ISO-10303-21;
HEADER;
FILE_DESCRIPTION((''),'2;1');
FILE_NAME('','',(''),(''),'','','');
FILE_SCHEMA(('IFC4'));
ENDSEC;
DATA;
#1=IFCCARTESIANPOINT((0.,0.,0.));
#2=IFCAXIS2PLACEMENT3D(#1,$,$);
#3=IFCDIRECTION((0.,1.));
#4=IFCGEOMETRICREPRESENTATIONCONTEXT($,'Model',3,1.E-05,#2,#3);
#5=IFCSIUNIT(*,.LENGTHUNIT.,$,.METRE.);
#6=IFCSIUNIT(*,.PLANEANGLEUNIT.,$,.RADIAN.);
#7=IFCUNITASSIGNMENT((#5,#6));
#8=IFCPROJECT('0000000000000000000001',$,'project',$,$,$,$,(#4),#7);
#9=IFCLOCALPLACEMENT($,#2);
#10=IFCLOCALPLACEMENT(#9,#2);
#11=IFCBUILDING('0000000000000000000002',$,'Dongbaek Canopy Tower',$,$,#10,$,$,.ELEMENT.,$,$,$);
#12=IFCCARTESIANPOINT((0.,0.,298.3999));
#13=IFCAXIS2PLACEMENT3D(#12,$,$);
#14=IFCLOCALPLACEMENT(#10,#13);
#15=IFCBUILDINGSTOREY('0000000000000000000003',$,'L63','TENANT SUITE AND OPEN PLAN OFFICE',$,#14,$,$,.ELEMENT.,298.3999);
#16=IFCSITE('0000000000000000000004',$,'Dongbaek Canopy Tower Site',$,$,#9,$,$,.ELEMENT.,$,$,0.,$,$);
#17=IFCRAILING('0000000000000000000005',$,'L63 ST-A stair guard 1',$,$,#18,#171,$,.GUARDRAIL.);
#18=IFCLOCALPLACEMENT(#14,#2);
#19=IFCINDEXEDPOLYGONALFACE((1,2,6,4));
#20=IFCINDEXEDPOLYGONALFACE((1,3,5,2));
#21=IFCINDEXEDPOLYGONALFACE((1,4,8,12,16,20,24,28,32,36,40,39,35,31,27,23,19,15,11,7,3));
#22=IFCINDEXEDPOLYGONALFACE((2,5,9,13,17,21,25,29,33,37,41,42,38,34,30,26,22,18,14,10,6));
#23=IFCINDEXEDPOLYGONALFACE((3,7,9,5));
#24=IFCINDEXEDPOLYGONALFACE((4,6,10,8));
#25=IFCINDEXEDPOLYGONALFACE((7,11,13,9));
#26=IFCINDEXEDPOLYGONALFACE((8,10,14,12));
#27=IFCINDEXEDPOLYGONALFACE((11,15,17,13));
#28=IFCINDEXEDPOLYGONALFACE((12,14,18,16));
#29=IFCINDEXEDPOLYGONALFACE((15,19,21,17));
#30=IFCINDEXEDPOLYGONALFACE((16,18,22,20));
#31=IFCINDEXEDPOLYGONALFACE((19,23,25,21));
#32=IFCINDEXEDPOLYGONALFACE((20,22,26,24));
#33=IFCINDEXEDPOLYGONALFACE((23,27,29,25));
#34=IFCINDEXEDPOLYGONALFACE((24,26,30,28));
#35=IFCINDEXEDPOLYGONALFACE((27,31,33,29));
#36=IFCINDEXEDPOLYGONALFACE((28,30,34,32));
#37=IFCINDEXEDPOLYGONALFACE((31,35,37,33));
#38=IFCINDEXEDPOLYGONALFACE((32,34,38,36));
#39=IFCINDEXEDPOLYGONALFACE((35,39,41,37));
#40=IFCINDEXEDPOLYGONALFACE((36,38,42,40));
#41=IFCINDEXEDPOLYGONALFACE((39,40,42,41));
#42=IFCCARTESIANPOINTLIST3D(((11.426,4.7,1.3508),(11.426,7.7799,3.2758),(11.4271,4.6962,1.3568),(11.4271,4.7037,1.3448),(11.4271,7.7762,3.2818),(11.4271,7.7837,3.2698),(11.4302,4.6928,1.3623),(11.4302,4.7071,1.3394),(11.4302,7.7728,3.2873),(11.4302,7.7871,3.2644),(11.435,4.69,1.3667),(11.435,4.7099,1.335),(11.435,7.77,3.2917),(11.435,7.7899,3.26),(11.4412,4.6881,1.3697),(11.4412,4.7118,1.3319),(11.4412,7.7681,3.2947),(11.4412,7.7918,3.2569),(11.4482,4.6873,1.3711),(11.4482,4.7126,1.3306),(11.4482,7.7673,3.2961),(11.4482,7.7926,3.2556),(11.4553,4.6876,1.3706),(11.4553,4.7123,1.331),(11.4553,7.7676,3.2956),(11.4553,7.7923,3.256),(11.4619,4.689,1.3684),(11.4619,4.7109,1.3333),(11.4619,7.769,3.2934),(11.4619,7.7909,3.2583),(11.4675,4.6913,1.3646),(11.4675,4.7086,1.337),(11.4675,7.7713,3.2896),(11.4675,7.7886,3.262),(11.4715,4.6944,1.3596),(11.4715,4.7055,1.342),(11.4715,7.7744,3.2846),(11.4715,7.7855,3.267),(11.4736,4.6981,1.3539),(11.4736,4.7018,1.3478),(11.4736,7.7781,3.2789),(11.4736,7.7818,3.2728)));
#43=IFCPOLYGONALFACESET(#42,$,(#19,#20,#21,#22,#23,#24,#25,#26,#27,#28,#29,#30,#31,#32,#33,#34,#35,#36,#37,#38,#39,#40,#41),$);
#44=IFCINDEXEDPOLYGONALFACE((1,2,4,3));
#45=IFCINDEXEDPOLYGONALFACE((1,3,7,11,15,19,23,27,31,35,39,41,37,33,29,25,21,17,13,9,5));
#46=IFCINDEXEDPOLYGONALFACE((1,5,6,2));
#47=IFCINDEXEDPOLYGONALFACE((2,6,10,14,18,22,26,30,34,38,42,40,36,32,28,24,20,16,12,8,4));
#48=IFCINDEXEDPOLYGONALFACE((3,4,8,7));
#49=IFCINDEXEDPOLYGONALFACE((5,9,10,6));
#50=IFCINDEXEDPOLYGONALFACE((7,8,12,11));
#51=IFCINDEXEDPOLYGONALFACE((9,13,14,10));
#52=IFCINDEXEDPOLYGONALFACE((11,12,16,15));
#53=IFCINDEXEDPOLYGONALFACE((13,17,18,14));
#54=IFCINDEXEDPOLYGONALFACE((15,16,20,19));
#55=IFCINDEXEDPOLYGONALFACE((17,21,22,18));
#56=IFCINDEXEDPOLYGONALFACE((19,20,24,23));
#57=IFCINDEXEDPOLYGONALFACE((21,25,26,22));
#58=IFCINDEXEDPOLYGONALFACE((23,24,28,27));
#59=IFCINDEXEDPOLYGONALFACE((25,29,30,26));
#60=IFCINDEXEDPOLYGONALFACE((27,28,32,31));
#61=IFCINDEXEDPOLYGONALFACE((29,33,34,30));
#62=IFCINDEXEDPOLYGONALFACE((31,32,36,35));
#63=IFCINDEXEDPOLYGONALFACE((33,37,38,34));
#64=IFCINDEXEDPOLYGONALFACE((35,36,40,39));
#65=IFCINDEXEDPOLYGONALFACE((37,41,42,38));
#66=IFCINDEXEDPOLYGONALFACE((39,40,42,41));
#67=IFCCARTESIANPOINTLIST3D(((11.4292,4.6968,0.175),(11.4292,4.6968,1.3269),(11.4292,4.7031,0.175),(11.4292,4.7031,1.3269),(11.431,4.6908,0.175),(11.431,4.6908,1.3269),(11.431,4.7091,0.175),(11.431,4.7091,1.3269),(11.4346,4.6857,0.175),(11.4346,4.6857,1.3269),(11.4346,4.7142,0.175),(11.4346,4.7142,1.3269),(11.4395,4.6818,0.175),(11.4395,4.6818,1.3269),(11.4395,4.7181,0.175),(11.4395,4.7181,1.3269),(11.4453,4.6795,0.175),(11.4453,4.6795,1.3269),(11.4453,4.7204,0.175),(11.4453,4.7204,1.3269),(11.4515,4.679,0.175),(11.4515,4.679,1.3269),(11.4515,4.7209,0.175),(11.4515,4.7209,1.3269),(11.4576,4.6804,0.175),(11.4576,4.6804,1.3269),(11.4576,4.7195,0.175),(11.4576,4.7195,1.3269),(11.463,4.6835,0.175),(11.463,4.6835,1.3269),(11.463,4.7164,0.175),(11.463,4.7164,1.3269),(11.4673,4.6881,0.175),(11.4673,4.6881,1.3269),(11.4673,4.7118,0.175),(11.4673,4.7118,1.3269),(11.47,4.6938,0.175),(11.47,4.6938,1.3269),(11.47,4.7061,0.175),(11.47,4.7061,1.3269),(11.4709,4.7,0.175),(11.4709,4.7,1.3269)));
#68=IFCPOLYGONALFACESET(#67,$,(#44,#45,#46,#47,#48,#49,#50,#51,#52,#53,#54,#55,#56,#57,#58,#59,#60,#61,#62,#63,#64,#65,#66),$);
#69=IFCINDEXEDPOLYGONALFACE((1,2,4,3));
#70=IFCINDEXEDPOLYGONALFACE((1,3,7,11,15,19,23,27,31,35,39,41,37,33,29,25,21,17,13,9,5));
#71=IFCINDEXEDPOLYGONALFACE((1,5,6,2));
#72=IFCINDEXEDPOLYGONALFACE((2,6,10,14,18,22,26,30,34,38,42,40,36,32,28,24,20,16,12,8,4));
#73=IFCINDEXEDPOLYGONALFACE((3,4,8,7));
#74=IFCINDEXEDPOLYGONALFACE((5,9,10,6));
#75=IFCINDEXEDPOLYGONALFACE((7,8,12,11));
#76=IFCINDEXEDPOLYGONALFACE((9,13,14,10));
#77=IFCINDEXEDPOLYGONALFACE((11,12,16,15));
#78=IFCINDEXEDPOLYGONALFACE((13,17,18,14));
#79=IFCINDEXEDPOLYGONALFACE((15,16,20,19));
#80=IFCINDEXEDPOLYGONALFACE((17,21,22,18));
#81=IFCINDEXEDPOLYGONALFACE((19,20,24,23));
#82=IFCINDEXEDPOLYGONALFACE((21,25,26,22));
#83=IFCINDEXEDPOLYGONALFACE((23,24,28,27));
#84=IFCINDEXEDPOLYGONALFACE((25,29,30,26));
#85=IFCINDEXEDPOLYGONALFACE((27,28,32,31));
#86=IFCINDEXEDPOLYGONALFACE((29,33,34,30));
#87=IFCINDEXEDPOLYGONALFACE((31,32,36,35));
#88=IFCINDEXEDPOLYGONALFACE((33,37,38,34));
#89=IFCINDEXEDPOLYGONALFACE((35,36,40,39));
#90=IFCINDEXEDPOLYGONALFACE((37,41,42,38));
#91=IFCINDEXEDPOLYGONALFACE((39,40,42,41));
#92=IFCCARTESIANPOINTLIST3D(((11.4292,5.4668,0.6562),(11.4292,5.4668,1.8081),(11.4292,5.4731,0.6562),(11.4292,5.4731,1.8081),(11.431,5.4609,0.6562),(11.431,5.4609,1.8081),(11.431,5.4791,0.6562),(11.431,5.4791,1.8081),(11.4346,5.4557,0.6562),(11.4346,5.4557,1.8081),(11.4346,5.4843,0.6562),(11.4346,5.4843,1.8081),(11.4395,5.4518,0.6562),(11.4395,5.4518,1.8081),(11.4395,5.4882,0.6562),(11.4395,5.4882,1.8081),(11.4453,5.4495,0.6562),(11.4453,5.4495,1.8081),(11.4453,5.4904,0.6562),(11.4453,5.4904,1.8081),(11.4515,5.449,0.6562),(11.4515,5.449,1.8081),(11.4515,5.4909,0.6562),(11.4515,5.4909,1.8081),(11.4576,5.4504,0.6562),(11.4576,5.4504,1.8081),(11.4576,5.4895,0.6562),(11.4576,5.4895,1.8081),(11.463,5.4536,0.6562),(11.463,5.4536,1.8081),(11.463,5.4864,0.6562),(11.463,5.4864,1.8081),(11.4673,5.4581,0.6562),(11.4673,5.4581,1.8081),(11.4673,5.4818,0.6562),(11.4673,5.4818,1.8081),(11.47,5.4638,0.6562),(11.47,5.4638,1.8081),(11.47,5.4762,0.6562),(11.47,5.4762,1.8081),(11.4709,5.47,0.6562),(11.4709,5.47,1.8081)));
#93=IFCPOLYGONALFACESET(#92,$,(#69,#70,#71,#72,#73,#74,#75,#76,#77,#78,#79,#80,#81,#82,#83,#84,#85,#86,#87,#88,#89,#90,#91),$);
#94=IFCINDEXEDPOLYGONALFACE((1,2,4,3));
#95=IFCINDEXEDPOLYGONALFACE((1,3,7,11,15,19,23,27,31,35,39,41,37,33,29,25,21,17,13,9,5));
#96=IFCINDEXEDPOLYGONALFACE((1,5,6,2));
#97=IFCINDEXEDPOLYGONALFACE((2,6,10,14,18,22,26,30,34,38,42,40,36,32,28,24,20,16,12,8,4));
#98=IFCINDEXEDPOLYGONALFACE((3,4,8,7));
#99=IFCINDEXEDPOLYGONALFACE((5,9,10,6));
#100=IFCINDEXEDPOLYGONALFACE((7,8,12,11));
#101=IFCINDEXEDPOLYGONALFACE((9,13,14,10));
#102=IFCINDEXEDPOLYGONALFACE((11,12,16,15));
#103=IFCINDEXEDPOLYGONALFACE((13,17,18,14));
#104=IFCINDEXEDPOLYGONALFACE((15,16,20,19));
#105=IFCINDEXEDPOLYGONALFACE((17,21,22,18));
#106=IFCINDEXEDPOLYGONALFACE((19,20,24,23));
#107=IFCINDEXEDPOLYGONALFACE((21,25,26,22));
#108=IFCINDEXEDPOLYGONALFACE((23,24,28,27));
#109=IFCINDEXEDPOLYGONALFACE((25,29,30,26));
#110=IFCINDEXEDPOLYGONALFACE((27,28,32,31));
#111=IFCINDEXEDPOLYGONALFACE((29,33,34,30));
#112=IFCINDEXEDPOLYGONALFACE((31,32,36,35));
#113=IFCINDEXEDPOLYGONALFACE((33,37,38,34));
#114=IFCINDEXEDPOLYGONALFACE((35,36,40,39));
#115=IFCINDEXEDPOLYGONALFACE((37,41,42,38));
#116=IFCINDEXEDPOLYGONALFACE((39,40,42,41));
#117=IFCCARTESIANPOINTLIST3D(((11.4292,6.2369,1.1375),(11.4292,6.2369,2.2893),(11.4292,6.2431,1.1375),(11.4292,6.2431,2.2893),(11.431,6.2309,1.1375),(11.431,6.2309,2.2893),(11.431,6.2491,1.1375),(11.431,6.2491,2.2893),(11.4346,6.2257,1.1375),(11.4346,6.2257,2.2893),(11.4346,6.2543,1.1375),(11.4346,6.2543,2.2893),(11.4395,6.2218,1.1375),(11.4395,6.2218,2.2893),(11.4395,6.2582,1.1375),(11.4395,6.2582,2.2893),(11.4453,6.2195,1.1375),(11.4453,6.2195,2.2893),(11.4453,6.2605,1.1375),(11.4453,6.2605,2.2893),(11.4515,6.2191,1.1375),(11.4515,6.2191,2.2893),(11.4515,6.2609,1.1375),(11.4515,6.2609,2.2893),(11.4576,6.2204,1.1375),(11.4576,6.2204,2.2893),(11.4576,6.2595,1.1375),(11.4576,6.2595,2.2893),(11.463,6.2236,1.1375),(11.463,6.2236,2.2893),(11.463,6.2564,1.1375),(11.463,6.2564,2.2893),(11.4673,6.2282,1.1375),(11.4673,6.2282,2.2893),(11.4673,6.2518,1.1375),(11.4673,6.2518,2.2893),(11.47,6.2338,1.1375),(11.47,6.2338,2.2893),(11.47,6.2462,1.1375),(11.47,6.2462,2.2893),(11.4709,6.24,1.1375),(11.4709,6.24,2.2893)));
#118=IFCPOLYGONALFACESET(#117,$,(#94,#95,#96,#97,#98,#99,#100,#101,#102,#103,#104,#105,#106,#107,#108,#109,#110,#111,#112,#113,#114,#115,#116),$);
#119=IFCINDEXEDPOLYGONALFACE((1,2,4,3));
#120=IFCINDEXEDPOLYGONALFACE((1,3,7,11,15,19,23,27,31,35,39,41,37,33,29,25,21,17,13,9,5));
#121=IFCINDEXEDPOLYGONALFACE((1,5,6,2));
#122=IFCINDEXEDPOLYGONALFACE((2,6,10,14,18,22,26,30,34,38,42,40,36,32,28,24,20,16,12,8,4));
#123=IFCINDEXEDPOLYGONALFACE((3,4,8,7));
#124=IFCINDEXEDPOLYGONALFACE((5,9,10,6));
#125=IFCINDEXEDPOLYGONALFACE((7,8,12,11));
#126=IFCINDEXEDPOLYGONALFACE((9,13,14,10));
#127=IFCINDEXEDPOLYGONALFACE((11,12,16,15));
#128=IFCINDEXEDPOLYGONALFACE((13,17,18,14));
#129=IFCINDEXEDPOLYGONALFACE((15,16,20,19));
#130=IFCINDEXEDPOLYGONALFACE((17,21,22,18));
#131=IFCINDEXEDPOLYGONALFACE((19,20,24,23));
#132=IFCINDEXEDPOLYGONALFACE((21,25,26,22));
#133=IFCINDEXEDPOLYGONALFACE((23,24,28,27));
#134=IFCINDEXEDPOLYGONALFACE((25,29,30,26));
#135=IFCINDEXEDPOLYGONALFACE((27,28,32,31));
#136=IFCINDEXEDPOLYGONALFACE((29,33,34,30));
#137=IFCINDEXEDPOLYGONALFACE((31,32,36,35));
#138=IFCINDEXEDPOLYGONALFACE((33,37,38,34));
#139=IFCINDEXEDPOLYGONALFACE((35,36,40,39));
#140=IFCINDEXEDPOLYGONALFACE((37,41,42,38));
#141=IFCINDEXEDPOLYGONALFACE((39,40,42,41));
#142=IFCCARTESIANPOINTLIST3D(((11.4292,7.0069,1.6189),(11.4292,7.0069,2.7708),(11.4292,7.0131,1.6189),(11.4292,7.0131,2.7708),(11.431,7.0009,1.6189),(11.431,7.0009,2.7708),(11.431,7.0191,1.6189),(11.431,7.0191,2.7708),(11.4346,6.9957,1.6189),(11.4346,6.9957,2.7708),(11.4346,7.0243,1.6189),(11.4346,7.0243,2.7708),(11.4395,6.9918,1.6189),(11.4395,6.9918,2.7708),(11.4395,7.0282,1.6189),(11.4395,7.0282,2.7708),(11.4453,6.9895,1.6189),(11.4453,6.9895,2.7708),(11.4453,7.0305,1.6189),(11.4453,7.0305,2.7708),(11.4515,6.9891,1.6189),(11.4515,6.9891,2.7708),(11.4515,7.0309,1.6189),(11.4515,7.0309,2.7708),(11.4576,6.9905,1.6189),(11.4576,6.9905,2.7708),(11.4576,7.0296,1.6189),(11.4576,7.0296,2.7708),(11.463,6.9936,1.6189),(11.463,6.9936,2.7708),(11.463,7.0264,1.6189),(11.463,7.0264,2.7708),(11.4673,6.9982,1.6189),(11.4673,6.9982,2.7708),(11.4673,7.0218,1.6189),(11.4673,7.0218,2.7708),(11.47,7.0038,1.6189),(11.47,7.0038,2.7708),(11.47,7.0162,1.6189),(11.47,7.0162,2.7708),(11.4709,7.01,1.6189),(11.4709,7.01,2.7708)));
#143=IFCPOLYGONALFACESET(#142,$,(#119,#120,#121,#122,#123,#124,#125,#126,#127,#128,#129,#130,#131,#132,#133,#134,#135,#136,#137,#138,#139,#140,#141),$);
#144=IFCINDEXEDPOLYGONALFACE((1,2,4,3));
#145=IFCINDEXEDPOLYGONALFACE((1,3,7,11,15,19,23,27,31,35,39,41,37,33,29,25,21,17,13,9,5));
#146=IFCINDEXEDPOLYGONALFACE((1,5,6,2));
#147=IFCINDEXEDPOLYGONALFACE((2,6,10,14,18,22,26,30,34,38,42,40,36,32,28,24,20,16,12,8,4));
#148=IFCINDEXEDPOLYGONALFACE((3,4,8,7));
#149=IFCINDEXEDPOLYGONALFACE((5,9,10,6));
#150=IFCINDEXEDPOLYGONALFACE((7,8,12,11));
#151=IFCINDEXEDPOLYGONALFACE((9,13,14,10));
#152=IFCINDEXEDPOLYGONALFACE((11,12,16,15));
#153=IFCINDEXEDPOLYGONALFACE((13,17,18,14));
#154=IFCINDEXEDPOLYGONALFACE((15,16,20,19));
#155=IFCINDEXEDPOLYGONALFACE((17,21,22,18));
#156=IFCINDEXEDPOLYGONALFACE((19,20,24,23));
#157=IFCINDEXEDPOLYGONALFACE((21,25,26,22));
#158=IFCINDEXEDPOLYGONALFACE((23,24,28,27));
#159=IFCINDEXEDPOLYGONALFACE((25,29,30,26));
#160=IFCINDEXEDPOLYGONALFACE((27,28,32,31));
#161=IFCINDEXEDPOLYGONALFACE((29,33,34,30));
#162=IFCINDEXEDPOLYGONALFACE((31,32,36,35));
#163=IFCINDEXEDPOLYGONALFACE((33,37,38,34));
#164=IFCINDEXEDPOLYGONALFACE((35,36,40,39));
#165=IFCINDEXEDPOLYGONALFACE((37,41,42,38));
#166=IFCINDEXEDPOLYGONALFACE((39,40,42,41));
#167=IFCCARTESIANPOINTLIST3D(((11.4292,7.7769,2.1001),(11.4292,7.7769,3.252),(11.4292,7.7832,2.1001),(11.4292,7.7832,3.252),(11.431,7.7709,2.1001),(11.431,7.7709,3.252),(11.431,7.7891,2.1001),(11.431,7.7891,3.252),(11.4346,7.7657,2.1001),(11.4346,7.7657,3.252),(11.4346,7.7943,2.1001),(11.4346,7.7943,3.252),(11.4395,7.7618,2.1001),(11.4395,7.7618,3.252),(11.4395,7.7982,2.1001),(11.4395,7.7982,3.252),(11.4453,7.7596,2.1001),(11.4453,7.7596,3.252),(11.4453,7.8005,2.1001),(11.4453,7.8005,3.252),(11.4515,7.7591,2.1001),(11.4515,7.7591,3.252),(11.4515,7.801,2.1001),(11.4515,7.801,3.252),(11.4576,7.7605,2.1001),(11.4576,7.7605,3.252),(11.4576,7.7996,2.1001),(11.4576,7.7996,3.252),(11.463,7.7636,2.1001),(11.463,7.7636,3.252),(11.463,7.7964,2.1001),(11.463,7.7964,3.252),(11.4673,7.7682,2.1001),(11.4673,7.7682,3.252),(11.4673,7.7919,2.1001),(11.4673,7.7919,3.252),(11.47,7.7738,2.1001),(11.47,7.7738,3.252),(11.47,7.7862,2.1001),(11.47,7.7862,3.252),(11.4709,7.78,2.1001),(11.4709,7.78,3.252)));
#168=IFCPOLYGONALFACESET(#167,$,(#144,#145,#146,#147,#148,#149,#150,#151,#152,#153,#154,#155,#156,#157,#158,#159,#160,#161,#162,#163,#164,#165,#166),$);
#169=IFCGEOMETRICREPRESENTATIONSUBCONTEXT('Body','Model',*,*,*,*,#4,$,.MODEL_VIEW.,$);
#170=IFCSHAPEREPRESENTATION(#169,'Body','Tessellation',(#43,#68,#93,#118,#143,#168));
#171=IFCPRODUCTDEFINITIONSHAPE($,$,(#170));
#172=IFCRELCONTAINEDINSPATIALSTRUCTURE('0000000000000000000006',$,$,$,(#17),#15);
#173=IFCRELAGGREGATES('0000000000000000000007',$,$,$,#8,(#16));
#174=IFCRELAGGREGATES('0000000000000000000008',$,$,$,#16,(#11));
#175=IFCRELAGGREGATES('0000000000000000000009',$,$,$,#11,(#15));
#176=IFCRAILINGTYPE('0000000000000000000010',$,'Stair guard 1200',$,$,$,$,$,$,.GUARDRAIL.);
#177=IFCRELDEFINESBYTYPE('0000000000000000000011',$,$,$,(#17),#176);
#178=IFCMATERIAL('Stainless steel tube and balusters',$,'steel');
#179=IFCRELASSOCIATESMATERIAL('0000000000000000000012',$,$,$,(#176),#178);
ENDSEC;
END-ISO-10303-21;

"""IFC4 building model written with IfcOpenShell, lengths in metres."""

from ifc_helpers import new_model, si_unit, direction, frame, origin, origin_2d, place, context, subcontext, project, spatial, circle, extrude, material, type_object, element, save


model = new_model("IFC4")

# Units and contexts
model_context = context("Model", 3, precision=1e-05, world=origin(), true_north=direction((0.0, 1.0)))
body_context = subcontext(model_context, "Body", "Model", "MODEL_VIEW")
ifc_project = project(units=[si_unit("LENGTHUNIT", "METRE"), si_unit("PLANEANGLEUNIT", "RADIAN")], contexts=[model_context])

# Site, building, storey
site_placement = place(None, origin())
site = spatial("IfcSite", under=ifc_project, at=site_placement, Name="Dongbaek Canopy Tower Site", CompositionType="ELEMENT", RefElevation=0.0)
building_placement = place(site_placement, origin())
building = spatial("IfcBuilding", under=site, at=building_placement, Name="Dongbaek Canopy Tower", CompositionType="ELEMENT")
storey_placement = place(building_placement, frame((0.0, 0.0, 298.3999)))
storey = spatial("IfcBuildingStorey", under=building, at=storey_placement, Name="L63", Description="TENANT SUITE AND OPEN PLAN OFFICE", CompositionType="ELEMENT", Elevation=298.3999)

# Railing
ifc_material_1 = material(Name="Stainless steel tube and balusters", Category="steel")
railing_type_1 = type_object("IfcRailingType", Name="Stair guard 1200", PredefinedType="GUARDRAIL", material=ifc_material_1)
railing_1_placement = place(storey_placement, frame((11.45, 4.7, 0.175)))
element("IfcRailing", 1, at=railing_1_placement, inside=storey, type_object=railing_type_1, Name="L63 ST-A stair guard 1", PredefinedType="GUARDRAIL", context=body_context, shape_type="SweptSolid", body=[
    extrude(circle(Radius=0.0239, at=origin_2d()), frame((0.0, 0.0, 1.1758), z_axis=(0.0, 0.847998, 0.529999), x_axis=(-1.0, 0.0, 0.0)), (0.0, 0.0, 1.0), 3.6321),
    extrude(circle(Radius=0.021, at=origin_2d()), origin(), (0.0, 0.0, 1.0), 1.1519),
    extrude(circle(Radius=0.021, at=origin_2d()), frame((0.0, 0.77, 0.4812)), (0.0, 0.0, 1.0), 1.1519),
    extrude(circle(Radius=0.021, at=origin_2d()), frame((0.0, 1.54, 0.9624)), (0.0, 0.0, 1.0), 1.1519),
    extrude(circle(Radius=0.021, at=origin_2d()), frame((0.0, 2.3101, 1.4438)), (0.0, 0.0, 1.0), 1.1519),
    extrude(circle(Radius=0.021, at=origin_2d()), frame((0.0, 3.0801, 1.925)), (0.0, 0.0, 1.0), 1.1519),
])

save(model, "model.ifc")
